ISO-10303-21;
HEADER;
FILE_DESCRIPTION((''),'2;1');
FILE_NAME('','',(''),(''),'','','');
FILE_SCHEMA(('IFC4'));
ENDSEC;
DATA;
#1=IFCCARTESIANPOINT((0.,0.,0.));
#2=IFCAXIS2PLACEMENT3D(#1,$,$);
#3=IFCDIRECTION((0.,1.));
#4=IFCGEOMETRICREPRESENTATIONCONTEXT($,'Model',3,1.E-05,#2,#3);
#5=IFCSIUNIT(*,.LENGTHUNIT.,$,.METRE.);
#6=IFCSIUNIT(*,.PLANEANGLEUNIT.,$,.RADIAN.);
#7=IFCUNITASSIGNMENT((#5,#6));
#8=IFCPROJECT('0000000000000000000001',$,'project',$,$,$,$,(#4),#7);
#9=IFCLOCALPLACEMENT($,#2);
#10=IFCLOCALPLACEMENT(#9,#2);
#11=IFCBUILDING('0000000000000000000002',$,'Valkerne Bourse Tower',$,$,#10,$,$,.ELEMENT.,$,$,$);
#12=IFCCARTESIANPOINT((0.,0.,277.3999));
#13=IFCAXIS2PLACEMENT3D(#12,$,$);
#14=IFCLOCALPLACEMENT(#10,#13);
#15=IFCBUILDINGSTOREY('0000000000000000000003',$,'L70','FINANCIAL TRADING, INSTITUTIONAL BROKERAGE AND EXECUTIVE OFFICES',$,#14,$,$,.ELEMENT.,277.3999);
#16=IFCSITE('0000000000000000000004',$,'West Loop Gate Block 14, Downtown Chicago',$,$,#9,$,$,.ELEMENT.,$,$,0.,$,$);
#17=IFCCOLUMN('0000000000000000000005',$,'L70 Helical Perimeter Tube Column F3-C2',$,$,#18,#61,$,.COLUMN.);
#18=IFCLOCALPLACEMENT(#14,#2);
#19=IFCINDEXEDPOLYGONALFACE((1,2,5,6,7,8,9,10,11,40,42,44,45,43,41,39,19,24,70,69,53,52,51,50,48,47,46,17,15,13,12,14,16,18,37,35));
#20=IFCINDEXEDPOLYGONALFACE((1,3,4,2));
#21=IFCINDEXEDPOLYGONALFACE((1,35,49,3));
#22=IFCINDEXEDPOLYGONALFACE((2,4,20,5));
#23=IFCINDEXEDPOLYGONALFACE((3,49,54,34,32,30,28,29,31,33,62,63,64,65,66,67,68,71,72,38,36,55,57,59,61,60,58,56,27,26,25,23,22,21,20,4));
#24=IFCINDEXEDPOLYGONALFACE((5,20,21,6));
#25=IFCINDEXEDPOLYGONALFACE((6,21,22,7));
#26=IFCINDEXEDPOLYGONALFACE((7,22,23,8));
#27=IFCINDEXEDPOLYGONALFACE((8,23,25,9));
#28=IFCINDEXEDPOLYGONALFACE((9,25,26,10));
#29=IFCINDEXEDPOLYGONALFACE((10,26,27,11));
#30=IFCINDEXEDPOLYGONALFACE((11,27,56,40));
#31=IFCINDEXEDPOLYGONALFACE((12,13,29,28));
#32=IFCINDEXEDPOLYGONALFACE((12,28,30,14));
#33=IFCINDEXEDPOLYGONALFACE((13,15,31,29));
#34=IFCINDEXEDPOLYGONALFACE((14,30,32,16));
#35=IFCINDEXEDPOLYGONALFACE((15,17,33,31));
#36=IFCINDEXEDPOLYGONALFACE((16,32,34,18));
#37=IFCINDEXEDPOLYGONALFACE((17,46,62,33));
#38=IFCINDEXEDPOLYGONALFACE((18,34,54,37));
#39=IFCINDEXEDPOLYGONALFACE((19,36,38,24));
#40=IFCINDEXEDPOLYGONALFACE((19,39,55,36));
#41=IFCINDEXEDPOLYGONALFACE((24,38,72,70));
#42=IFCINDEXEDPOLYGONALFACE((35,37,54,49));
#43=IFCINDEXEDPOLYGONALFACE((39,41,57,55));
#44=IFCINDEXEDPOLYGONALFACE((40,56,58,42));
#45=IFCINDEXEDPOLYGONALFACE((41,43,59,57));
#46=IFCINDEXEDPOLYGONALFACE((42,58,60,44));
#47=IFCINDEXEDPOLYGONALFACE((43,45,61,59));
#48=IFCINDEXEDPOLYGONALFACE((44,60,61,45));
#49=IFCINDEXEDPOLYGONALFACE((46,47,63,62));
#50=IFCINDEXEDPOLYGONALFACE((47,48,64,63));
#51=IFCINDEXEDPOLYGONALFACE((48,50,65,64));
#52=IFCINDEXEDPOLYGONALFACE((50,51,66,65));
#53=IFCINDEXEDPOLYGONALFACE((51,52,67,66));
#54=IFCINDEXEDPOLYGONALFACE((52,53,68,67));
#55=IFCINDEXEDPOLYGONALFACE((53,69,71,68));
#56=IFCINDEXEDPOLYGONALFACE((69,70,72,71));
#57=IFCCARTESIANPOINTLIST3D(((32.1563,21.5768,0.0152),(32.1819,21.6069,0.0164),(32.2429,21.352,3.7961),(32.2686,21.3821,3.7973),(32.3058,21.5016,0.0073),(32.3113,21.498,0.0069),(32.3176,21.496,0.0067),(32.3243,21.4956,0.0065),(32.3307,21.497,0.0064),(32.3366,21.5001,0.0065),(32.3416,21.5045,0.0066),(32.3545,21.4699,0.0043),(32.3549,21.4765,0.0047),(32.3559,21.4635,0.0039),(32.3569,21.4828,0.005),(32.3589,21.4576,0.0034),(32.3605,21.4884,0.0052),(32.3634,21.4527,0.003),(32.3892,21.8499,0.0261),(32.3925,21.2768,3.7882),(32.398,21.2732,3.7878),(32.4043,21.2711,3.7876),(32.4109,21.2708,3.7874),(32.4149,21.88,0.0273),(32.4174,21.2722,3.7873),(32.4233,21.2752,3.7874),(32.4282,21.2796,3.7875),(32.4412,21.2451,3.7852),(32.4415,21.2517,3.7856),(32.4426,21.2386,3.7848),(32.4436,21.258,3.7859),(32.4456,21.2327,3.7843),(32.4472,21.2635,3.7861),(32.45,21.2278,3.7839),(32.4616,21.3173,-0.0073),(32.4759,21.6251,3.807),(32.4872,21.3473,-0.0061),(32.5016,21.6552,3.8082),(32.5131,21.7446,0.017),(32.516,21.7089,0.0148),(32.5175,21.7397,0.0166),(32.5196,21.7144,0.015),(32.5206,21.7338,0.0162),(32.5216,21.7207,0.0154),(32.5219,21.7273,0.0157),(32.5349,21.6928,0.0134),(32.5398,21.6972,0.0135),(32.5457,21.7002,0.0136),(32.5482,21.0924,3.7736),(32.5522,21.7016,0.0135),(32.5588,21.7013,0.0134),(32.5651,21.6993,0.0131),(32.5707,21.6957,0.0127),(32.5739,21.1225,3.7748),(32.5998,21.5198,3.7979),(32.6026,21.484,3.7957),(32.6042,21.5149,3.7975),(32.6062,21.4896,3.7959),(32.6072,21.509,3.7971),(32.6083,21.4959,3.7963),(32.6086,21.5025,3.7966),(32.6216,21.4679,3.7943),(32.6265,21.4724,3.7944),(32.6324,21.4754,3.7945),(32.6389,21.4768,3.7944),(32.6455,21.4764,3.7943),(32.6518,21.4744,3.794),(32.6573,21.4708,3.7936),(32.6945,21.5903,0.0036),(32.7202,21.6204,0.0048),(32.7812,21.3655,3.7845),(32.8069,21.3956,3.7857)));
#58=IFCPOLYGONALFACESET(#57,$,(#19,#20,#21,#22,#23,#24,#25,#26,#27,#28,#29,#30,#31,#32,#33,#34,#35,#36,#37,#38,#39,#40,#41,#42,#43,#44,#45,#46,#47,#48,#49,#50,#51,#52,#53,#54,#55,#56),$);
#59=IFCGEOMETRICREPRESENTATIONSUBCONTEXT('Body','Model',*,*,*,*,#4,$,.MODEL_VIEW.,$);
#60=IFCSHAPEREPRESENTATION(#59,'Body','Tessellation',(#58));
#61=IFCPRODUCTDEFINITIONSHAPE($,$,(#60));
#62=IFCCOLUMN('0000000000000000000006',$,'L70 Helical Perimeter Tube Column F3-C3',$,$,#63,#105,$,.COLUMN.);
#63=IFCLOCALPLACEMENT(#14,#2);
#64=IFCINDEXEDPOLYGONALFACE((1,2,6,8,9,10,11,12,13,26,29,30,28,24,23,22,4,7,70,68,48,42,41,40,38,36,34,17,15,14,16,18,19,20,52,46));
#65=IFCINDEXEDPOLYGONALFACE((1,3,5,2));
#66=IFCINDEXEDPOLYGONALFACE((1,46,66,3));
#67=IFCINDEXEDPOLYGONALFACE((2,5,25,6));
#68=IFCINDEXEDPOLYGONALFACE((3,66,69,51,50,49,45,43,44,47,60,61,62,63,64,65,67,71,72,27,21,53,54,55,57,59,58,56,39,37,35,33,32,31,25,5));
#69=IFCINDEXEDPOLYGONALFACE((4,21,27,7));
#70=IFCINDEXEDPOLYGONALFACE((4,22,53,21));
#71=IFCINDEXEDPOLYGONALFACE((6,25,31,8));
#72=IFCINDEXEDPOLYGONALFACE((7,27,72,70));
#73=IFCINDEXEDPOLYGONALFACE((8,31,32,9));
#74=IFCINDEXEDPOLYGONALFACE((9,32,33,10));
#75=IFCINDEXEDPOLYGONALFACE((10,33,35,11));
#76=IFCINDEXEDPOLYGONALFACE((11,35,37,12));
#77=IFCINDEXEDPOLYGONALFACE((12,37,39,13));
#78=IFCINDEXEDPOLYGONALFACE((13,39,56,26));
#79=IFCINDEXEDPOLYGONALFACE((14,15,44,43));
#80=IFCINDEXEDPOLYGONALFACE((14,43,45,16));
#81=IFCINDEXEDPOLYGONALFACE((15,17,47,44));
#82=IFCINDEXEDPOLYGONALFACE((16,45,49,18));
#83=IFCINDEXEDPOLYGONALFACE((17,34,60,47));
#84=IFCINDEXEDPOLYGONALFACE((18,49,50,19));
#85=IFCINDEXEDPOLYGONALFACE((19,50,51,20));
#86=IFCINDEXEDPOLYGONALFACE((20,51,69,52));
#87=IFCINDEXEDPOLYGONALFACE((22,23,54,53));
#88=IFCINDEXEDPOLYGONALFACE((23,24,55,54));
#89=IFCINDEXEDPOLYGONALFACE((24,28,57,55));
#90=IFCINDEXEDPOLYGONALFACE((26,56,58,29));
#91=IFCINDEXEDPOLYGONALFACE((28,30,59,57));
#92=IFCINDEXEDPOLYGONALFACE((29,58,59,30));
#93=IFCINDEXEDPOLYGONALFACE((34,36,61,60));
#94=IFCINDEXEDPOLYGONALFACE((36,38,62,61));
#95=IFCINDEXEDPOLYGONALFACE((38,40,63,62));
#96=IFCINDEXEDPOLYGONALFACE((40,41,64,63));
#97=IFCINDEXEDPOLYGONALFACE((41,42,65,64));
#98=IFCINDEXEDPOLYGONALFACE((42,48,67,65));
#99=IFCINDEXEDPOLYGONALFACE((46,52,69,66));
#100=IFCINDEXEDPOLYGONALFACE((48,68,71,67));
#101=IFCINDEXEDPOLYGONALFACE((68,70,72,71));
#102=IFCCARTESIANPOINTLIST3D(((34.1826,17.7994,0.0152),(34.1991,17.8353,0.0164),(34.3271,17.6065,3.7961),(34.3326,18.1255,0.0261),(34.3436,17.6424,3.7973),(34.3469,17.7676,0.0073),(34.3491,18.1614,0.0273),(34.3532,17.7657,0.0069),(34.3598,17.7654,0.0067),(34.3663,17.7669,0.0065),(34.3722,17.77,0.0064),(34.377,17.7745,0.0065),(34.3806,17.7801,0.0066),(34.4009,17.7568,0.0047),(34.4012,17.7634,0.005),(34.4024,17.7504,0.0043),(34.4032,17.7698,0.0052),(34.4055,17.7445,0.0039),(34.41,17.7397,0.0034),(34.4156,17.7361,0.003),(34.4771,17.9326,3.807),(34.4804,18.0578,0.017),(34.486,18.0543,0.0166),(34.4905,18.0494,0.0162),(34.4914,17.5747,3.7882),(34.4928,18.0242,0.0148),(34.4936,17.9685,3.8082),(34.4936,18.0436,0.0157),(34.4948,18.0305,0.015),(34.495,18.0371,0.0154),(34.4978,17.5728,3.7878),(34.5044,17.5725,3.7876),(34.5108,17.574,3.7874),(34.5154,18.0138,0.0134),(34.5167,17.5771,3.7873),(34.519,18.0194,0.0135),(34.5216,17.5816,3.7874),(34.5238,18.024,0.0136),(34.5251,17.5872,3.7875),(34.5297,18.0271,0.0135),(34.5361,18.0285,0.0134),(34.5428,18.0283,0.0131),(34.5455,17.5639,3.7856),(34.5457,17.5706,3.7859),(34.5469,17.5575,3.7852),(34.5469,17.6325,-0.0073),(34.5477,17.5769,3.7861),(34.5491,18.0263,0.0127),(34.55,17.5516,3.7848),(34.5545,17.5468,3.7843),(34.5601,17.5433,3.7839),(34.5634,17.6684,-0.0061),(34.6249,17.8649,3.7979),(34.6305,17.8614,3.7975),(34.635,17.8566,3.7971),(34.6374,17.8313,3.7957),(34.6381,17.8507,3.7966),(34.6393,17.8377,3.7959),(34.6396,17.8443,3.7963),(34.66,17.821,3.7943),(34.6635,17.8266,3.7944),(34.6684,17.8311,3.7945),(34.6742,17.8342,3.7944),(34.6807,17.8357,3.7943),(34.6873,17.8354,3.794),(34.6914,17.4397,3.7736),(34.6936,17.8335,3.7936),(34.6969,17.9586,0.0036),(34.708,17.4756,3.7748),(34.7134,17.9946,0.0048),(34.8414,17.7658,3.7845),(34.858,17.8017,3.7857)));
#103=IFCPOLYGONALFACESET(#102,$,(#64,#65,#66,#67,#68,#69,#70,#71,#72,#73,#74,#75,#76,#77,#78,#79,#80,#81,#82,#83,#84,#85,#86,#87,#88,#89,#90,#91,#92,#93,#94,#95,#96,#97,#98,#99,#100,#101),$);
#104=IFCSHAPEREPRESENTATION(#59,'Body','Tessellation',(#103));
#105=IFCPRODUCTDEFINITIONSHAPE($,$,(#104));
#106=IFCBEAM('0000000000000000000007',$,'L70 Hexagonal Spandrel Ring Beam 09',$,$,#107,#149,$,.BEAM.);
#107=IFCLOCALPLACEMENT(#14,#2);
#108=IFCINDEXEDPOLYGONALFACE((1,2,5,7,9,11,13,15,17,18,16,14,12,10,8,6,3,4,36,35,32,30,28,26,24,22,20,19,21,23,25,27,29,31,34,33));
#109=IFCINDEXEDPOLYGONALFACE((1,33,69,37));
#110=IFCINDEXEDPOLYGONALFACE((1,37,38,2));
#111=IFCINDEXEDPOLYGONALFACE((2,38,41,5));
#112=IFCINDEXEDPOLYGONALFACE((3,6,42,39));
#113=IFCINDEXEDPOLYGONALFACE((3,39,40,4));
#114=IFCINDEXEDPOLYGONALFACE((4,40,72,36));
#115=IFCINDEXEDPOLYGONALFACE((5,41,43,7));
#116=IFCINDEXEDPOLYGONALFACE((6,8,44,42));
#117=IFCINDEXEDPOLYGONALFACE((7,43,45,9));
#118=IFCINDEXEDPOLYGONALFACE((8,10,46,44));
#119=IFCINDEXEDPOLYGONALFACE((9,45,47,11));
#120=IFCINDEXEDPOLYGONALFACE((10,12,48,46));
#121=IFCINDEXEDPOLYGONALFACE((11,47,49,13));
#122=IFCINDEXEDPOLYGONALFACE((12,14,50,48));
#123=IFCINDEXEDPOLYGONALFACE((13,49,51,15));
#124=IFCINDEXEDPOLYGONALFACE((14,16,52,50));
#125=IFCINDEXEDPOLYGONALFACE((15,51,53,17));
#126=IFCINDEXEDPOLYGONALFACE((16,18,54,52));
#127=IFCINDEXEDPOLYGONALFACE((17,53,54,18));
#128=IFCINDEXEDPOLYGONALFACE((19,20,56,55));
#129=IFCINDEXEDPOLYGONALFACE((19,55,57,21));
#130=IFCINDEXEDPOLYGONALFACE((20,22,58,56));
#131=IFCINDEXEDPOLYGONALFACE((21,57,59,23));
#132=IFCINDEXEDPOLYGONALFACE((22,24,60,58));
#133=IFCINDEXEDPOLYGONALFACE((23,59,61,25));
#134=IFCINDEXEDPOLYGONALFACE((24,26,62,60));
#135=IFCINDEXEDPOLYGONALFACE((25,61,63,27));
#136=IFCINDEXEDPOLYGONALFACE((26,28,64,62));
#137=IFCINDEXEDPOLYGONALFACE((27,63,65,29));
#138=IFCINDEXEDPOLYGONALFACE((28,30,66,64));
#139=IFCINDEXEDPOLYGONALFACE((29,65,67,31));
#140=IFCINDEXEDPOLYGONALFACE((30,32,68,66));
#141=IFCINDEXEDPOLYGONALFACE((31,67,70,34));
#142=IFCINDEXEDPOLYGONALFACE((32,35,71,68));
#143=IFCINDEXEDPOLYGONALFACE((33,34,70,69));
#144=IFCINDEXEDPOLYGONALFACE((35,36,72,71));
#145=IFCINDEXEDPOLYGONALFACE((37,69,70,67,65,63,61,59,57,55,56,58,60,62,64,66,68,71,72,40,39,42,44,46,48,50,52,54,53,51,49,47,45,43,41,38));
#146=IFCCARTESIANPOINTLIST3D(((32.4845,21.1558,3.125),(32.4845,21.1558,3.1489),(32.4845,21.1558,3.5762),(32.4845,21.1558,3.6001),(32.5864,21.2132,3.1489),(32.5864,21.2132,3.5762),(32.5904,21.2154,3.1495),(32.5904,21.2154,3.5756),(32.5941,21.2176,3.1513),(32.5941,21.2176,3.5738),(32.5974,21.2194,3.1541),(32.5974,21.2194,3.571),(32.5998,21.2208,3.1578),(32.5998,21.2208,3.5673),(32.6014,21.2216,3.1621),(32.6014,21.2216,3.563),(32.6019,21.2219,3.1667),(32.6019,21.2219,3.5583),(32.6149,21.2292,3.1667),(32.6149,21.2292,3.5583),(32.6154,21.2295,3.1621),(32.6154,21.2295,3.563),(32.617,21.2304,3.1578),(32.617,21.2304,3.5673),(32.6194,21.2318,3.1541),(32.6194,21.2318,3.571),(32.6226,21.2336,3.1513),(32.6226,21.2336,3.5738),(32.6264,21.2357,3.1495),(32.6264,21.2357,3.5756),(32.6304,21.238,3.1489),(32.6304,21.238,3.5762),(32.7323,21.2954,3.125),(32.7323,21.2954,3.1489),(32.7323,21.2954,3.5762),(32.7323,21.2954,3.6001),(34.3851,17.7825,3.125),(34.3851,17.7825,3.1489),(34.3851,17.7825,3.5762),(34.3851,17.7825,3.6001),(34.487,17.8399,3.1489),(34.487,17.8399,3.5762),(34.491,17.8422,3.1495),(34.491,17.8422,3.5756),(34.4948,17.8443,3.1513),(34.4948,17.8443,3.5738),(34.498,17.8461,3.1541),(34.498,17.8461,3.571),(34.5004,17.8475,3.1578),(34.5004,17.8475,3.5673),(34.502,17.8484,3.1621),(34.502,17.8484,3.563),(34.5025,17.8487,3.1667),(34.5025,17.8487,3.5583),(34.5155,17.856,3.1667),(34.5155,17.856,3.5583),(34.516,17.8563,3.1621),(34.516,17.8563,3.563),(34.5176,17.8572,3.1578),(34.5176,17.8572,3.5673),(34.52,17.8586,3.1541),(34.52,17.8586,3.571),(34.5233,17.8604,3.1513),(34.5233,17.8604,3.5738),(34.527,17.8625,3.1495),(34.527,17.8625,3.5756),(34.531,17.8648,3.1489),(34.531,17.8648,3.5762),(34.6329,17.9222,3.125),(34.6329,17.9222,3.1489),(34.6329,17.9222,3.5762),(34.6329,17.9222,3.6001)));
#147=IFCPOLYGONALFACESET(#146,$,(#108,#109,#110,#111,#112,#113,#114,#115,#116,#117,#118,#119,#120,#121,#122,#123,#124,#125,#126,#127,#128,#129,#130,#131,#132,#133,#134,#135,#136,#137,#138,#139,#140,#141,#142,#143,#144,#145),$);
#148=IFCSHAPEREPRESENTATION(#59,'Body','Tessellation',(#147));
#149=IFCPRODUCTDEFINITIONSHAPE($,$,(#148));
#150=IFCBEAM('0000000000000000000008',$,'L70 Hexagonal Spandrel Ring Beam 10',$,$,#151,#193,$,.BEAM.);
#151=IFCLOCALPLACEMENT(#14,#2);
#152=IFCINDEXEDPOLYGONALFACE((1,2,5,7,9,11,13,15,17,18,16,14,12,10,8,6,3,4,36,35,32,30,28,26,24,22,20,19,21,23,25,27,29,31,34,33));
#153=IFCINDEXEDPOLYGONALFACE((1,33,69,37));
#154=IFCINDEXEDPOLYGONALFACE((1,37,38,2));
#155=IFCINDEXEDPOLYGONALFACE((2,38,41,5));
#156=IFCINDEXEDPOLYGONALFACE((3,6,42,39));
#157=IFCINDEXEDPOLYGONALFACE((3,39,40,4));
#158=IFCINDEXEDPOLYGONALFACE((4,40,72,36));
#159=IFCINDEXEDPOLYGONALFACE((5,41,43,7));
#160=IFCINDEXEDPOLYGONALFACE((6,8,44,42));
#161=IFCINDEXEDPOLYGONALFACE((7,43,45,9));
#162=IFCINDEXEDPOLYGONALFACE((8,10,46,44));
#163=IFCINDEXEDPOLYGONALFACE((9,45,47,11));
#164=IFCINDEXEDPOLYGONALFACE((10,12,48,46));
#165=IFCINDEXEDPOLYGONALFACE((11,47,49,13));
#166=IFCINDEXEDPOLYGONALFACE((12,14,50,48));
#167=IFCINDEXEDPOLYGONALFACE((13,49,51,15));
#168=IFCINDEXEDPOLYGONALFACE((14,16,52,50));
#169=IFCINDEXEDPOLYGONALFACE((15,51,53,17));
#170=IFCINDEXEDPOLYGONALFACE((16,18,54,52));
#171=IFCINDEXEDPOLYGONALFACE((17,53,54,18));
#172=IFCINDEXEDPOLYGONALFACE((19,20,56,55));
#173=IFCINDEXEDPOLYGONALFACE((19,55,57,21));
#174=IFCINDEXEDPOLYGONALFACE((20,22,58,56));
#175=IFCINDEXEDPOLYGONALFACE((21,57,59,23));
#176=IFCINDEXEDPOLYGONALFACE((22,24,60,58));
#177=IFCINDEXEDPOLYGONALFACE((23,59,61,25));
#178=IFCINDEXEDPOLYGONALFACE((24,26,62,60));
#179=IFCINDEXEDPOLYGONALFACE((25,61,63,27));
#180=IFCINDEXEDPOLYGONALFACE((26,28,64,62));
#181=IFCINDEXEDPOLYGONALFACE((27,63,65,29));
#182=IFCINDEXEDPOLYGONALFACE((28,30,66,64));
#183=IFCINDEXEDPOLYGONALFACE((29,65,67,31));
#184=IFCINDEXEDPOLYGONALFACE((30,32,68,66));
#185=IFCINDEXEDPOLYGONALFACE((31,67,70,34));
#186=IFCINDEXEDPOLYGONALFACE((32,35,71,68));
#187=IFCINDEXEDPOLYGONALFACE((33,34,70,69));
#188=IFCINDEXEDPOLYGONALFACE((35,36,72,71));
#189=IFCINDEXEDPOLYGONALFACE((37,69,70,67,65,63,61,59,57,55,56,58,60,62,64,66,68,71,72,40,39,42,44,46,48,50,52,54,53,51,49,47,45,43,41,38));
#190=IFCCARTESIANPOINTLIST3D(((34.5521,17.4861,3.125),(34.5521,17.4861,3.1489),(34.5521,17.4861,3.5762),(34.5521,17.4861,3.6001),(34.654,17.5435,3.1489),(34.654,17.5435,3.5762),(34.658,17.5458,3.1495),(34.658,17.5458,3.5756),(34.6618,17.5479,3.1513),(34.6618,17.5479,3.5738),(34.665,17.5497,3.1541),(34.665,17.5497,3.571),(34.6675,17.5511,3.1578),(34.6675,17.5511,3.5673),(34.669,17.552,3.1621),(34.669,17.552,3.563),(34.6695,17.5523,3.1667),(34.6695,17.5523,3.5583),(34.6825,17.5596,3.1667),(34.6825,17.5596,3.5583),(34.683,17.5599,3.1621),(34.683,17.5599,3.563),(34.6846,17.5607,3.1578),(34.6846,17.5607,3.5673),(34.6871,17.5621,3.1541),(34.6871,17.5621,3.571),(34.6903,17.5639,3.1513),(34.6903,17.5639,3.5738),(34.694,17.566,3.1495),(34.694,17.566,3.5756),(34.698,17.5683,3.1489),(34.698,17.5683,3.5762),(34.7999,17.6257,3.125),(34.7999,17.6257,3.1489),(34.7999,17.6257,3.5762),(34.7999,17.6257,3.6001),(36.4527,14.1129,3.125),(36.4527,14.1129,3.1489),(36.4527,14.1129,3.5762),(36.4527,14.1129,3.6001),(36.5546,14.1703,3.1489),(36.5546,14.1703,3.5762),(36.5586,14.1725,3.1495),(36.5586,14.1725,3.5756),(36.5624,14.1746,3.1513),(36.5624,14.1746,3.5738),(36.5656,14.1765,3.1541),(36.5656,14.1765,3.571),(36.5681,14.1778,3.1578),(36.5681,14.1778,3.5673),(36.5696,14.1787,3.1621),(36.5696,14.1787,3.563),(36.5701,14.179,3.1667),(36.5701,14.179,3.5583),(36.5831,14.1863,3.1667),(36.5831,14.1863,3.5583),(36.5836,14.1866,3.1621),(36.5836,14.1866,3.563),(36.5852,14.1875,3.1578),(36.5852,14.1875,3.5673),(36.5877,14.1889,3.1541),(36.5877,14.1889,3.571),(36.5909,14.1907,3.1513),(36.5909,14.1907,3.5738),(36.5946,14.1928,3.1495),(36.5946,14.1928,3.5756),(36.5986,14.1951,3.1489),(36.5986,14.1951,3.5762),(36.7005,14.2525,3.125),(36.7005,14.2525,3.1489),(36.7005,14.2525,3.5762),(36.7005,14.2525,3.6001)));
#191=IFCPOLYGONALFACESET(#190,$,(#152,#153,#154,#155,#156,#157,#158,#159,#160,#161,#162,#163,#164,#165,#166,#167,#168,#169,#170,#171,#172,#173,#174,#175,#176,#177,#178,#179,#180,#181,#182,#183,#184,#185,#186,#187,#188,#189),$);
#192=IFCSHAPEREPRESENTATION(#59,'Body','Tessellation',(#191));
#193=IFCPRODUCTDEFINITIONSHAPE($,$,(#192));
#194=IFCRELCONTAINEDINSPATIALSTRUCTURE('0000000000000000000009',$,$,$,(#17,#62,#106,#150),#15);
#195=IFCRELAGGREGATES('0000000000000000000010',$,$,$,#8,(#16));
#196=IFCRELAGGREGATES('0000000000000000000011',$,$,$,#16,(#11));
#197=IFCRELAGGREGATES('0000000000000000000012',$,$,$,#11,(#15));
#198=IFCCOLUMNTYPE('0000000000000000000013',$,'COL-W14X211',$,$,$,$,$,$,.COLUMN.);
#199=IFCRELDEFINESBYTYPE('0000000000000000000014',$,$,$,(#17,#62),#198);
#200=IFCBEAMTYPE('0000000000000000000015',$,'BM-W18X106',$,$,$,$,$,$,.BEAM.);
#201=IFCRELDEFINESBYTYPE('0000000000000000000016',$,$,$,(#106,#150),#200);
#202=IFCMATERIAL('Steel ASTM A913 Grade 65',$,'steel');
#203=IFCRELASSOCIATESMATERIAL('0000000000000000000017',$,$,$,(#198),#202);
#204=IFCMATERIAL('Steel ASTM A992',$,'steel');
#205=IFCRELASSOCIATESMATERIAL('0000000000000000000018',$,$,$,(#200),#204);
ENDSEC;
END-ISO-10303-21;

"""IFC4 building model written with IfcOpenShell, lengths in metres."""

from ifc_helpers import new_model, si_unit, direction, frame, origin, origin_2d, place, context, subcontext, project, spatial, i_section, extrude, material, material_profile, profile_set, type_object, element, save


model = new_model("IFC4")

# Units and contexts
model_context = context("Model", 3, precision=1e-05, world=origin(), true_north=direction((0.0, 1.0)))
body_context = subcontext(model_context, "Body", "Model", "MODEL_VIEW")
ifc_project = project(units=[si_unit("LENGTHUNIT", "METRE"), si_unit("PLANEANGLEUNIT", "RADIAN")], contexts=[model_context])

# Site, building, storey
site_placement = place(None, origin())
site = spatial("IfcSite", under=ifc_project, at=site_placement, Name="West Loop Gate Block 14, Downtown Chicago", CompositionType="ELEMENT", RefElevation=0.0)
building_placement = place(site_placement, origin())
building = spatial("IfcBuilding", under=site, at=building_placement, Name="Valkerne Bourse Tower", CompositionType="ELEMENT")
storey_placement = place(building_placement, frame((0.0, 0.0, 277.3999)))
storey = spatial("IfcBuildingStorey", under=building, at=storey_placement, Name="L70", Description="FINANCIAL TRADING, INSTITUTIONAL BROKERAGE AND EXECUTIVE OFFICES", CompositionType="ELEMENT", Elevation=277.3999)

# Columns
ifc_material_1 = material(Name="Steel ASTM A913 Grade 65", Category="steel")
ifc_material_profile_1 = material_profile(ifc_material_1, i_section(OverallWidth=0.4014, OverallDepth=0.3987, WebThickness=0.0249, FlangeThickness=0.0396, FilletRadius=0.0254, at=origin_2d()), Name="W14X211")
ifc_profile_set_1 = profile_set([ifc_material_profile_1], Name="Steel ASTM A913 Grade 65")
column_type = type_object("IfcColumnType", Name="COL-W14X211", PredefinedType="COLUMN", material=ifc_profile_set_1)
for number, where, z_axis, x_axis, name in (
    (1, (32.4382, 21.5986, 0.01), (0.022876, -0.059349, 0.997975), (0.760663, -0.646736, -0.055897), "L70 Helical Perimeter Tube Column F3-C2"),
    (2, (34.448, 17.897, 0.01), (0.038148, -0.050907, 0.997975), (0.907781, -0.415702, -0.055906), "L70 Helical Perimeter Tube Column F3-C3"),
):
    element("IfcColumn", number, at=place(storey_placement, frame(where, z_axis=z_axis, x_axis=x_axis)), inside=storey, type_object=column_type, Name=name, PredefinedType="COLUMN", context=body_context, shape_type="SweptSolid", body=[
        extrude(i_section(OverallWidth=0.4014, OverallDepth=0.3987, WebThickness=0.0249, FlangeThickness=0.0396, FilletRadius=0.0254, at=origin_2d()), origin(), (0.0, 0.0, 1.0), 3.7886),
    ])

# Beams
ifc_material_2 = material(Name="Steel ASTM A992", Category="steel")
ifc_material_profile_2 = material_profile(ifc_material_2, i_section(OverallWidth=0.2844, OverallDepth=0.4751, WebThickness=0.0149, FlangeThickness=0.0239, FilletRadius=0.0178, at=origin_2d()), Name="W18X106")
ifc_profile_set_2 = profile_set([ifc_material_profile_2], Name="Steel ASTM A992")
beam_type_1 = type_object("IfcBeamType", Name="BM-W18X106", PredefinedType="BEAM", material=ifc_profile_set_2)
for number, where, z_axis, x_axis, name in (
    (3, (32.6084, 21.2256, 3.3625), (0.490881, -0.871227, 0.0), (0.871227, 0.490881, 0.0), "L70 Hexagonal Spandrel Ring Beam 09"),
    (4, (34.676, 17.5559, 3.3625), (0.490881, -0.871227, 0.0), (0.871227, 0.490881, 0.0), "L70 Hexagonal Spandrel Ring Beam 10"),
):
    element("IfcBeam", number, at=place(storey_placement, frame(where, z_axis=z_axis, x_axis=x_axis)), inside=storey, type_object=beam_type_1, Name=name, PredefinedType="BEAM", context=body_context, shape_type="SweptSolid", body=[
        extrude(i_section(OverallWidth=0.2844, OverallDepth=0.4751, WebThickness=0.0149, FlangeThickness=0.0239, FilletRadius=0.0178, at=origin_2d()), origin(), (0.0, 0.0, 1.0), 3.8718),
    ])

save(model, "model.ifc")
